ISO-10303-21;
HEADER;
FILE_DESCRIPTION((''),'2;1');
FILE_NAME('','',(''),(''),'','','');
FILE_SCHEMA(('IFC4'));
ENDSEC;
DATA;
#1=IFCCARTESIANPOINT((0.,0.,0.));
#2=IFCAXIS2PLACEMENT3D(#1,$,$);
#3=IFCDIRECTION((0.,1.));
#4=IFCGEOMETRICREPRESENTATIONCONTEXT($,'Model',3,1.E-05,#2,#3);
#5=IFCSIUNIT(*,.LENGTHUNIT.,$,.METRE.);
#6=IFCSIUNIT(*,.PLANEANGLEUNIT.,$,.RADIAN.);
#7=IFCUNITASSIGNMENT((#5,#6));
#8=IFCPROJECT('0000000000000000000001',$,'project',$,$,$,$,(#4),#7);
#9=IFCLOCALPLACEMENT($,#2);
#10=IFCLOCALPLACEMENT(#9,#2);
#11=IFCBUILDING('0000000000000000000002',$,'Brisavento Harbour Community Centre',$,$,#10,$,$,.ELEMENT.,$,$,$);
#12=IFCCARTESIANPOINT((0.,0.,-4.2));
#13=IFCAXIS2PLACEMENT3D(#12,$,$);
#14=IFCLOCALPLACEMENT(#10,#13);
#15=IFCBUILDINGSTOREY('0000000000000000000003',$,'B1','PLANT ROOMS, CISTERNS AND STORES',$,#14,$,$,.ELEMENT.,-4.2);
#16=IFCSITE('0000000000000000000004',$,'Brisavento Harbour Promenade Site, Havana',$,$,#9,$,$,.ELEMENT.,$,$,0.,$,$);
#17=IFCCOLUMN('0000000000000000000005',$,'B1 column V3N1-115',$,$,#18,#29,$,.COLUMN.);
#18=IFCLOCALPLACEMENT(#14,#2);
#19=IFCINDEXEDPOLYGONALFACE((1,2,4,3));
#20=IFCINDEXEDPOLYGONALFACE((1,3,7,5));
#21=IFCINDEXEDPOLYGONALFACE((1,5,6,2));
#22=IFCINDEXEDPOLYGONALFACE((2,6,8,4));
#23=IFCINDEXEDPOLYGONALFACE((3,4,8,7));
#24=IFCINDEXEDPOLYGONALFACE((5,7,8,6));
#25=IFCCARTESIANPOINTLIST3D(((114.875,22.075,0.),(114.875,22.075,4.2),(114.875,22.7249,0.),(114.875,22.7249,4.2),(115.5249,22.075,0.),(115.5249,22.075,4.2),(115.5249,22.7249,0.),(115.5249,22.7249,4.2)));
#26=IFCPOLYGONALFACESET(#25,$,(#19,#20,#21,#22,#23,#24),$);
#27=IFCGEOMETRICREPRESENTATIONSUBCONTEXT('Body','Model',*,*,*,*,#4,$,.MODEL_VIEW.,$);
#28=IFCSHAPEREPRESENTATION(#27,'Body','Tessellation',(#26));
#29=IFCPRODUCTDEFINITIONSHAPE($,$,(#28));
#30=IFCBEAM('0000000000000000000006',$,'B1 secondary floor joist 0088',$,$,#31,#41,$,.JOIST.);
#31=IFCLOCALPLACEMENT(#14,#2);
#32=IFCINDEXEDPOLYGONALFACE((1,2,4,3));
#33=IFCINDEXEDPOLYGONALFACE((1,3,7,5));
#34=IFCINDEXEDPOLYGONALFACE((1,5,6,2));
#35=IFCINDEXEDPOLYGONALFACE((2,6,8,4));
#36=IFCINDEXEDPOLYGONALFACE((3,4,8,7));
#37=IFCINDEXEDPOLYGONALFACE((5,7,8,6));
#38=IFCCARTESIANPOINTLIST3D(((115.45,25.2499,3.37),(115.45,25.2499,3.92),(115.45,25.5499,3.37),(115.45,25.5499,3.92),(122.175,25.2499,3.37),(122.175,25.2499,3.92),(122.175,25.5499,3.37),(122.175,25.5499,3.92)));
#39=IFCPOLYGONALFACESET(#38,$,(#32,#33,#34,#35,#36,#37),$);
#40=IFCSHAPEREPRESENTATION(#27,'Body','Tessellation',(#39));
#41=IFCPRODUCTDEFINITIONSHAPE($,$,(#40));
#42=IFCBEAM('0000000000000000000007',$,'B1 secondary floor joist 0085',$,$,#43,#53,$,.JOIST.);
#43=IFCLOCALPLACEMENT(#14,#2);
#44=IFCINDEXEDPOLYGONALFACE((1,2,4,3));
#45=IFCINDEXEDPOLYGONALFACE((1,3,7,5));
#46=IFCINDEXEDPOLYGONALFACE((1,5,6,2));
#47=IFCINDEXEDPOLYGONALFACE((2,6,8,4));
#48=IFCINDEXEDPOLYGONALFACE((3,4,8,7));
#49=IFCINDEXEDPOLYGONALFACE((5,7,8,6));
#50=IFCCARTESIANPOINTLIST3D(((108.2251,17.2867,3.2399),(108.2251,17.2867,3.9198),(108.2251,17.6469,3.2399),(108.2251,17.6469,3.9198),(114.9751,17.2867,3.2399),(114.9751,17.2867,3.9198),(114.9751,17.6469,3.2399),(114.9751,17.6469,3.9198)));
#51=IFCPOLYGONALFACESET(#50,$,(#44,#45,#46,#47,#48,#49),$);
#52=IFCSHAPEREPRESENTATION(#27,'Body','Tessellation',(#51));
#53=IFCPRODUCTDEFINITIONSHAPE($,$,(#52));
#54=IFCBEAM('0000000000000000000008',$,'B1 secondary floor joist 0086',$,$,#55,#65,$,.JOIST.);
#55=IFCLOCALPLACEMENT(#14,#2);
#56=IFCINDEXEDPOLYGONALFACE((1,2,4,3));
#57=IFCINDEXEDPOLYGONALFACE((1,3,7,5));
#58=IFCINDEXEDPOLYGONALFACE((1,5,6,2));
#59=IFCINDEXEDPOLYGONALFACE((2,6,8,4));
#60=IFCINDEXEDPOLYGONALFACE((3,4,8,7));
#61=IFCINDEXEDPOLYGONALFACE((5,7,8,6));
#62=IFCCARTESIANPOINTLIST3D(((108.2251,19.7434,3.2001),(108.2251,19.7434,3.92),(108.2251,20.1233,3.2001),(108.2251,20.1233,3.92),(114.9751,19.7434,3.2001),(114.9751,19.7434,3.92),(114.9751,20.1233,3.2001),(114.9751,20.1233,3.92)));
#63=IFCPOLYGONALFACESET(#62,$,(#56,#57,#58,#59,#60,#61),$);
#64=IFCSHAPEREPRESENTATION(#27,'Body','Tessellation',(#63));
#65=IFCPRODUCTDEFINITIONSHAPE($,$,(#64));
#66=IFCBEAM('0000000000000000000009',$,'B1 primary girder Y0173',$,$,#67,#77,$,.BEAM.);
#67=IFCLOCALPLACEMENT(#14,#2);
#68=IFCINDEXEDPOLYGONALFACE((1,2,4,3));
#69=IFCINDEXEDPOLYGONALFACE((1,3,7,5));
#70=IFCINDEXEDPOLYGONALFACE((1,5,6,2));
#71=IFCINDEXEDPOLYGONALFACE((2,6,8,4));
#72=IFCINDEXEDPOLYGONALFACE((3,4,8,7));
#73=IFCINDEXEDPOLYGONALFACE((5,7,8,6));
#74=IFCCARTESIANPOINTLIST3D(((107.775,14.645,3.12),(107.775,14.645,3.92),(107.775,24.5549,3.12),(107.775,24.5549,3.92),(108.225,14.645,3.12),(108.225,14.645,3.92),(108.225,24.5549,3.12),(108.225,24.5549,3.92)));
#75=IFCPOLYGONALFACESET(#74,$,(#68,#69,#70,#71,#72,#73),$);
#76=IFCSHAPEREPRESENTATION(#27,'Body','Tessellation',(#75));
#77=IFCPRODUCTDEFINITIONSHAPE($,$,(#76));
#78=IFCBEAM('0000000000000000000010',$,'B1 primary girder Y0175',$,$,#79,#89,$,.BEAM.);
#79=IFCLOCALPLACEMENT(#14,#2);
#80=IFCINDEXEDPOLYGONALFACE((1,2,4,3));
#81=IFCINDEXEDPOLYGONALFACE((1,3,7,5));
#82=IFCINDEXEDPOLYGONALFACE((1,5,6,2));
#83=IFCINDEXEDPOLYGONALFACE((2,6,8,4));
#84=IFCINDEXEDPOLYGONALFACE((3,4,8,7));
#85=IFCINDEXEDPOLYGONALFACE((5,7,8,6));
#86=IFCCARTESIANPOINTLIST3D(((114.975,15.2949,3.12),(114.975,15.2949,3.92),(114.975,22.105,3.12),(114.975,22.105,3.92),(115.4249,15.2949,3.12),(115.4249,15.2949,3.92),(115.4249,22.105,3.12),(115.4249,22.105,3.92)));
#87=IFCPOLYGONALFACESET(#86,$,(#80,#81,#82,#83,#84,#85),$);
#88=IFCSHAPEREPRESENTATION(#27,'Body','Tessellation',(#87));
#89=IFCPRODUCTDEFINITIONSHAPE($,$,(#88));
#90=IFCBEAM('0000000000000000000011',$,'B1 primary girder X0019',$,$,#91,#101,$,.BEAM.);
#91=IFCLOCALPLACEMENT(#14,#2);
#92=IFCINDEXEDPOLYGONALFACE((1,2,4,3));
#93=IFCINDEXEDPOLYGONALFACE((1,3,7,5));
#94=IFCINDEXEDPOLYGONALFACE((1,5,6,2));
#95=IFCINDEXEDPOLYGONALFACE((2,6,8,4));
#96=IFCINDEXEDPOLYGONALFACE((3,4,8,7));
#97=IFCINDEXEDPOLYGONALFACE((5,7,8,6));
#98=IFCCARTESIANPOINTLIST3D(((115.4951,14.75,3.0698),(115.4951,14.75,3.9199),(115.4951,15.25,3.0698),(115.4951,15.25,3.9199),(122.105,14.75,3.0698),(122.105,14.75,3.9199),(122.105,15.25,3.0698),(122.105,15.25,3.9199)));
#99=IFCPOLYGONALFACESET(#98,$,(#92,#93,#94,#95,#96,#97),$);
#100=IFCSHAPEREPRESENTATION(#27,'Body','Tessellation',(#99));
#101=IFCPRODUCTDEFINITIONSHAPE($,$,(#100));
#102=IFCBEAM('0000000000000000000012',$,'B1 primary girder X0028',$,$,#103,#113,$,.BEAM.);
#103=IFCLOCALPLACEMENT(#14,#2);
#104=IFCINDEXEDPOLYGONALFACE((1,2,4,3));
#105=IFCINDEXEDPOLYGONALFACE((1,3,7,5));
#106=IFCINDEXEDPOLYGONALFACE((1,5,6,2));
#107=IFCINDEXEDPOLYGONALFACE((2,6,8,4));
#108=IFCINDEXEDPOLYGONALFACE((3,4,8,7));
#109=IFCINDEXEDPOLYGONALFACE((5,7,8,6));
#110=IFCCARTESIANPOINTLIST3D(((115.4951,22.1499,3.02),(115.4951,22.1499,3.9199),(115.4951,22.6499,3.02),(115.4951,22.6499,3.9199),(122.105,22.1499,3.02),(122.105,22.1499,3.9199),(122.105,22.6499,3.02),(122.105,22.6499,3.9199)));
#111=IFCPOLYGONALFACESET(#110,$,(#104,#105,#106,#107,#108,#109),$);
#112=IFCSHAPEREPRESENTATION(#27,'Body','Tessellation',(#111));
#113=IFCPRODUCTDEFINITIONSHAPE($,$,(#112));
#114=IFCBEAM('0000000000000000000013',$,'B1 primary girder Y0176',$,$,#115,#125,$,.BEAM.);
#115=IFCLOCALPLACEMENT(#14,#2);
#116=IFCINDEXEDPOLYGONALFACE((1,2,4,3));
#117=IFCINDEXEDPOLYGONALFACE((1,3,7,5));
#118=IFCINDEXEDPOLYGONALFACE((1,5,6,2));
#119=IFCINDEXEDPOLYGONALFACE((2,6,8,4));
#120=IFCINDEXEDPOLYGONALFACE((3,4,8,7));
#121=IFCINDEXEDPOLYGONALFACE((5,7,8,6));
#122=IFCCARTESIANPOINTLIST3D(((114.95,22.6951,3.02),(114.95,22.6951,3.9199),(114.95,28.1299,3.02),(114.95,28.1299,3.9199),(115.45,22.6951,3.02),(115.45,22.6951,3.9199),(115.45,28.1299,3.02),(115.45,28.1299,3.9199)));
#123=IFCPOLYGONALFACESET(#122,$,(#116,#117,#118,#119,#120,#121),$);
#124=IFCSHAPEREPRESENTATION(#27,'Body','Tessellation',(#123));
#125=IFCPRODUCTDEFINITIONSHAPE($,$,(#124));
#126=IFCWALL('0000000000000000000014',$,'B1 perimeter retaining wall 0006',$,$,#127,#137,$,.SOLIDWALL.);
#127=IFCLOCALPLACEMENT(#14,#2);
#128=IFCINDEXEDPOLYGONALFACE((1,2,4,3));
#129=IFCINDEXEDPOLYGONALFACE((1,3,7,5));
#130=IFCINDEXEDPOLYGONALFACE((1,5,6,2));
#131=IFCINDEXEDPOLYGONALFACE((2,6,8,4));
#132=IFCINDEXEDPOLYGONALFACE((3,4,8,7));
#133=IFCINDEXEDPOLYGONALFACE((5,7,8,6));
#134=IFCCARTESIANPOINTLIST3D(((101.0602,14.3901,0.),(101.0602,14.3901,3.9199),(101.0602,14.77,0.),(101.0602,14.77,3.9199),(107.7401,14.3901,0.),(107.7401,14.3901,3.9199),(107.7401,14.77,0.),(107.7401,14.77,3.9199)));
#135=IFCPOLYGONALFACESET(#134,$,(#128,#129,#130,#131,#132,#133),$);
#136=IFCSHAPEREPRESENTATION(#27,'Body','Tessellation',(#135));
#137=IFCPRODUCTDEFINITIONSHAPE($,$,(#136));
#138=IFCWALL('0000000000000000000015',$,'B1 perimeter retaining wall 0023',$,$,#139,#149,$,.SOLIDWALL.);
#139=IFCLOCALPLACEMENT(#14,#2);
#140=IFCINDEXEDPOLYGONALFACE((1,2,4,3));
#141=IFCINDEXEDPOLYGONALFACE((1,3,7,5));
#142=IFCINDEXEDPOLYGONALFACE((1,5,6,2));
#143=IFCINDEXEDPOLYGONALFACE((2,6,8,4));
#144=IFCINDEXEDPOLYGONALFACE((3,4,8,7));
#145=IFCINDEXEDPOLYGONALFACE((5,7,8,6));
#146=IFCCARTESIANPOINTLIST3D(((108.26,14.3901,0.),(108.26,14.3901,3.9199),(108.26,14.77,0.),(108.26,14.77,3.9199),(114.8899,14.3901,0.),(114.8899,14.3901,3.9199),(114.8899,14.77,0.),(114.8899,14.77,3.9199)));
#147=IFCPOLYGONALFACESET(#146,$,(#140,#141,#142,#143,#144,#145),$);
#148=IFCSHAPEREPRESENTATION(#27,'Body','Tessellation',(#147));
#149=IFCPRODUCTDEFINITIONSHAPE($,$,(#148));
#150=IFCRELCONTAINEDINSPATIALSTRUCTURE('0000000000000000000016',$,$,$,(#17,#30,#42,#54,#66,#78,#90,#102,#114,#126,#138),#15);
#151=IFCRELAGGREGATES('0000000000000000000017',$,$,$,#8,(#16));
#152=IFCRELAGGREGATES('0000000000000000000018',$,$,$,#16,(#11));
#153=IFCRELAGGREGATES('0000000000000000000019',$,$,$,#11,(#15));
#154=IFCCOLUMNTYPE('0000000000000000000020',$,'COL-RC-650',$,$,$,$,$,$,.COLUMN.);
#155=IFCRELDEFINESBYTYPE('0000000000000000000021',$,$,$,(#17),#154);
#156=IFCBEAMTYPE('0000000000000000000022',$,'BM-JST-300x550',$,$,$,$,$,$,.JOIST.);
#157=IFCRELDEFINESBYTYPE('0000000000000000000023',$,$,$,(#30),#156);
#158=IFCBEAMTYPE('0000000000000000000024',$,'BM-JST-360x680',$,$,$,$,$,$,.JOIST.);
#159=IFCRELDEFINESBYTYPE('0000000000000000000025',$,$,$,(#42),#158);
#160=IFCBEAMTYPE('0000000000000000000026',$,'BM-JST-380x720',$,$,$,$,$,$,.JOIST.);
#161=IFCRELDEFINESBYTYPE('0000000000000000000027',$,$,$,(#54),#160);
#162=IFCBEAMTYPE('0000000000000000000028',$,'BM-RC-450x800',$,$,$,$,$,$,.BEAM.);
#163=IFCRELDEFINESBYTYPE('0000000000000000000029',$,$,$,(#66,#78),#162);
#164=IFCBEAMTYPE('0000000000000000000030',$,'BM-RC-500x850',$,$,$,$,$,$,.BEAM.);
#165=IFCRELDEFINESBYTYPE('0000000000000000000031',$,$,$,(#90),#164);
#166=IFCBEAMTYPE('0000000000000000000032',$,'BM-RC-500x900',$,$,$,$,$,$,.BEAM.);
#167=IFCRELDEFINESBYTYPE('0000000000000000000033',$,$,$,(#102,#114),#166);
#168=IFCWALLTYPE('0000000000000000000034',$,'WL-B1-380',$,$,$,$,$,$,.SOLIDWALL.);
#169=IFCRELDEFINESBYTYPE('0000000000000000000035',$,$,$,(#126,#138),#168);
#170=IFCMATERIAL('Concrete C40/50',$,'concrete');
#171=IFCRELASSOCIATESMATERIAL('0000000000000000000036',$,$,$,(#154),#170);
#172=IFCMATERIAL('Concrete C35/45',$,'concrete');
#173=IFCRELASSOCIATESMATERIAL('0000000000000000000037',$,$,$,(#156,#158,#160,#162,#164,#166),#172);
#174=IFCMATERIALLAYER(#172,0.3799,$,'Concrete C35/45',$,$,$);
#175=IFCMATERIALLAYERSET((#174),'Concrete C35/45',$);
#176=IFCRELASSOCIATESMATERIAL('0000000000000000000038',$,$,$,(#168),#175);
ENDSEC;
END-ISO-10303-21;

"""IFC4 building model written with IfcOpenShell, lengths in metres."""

from ifc_helpers import new_model, si_unit, direction, frame, frame_2d, origin, origin_2d, place, context, subcontext, project, spatial, rectangle, extrude, material, layer, layer_set, material_profile, profile_set, type_object, element, save


model = new_model("IFC4")

# Units and contexts
model_context = context("Model", 3, precision=1e-05, world=origin(), true_north=direction((0.0, 1.0)))
body_context = subcontext(model_context, "Body", "Model", "MODEL_VIEW")
ifc_project = project(units=[si_unit("LENGTHUNIT", "METRE"), si_unit("PLANEANGLEUNIT", "RADIAN")], contexts=[model_context])

# Site, building, storey
site_placement = place(None, origin())
site = spatial("IfcSite", under=ifc_project, at=site_placement, Name="Brisavento Harbour Promenade Site, Havana", CompositionType="ELEMENT", RefElevation=0.0)
building_placement = place(site_placement, origin())
building = spatial("IfcBuilding", under=site, at=building_placement, Name="Brisavento Harbour Community Centre", CompositionType="ELEMENT")
storey_placement = place(building_placement, frame((0.0, 0.0, -4.2)))
storey = spatial("IfcBuildingStorey", under=building, at=storey_placement, Name="B1", Description="PLANT ROOMS, CISTERNS AND STORES", CompositionType="ELEMENT", Elevation=-4.2)

# Shared definitions
ifc_material_1 = material(Name="Concrete C35/45", Category="concrete")

# Column
ifc_material_2 = material(Name="Concrete C40/50", Category="concrete")
ifc_material_profile_1 = material_profile(ifc_material_2, rectangle(XDim=0.6499, YDim=0.6499, at=origin_2d()), Name="Concrete C40/50")
ifc_profile_set_1 = profile_set([ifc_material_profile_1], Name="Concrete C40/50")
column_type_1 = type_object("IfcColumnType", Name="COL-RC-650", PredefinedType="COLUMN", material=ifc_profile_set_1)
for number, where, z_axis, x_axis, name in (
    (1, (115.2, 22.3999, 0.0), (0.0, 0.0, 1.0), (1.0, 0.0, 0.0), "B1 column V3N1-115"),
):
    element("IfcColumn", number, at=place(storey_placement, frame(where, z_axis=z_axis, x_axis=x_axis)), inside=storey, type_object=column_type_1, Name=name, PredefinedType="COLUMN", context=body_context, shape_type="SweptSolid", body=[
        extrude(rectangle(XDim=0.6499, YDim=0.6499, at=origin_2d()), origin(), (0.0, 0.0, 1.0), 4.2),
    ])

# Beams
ifc_material_profile_2 = material_profile(ifc_material_1, rectangle(XDim=0.3, YDim=0.55, at=origin_2d()), Name="Concrete C35/45")
ifc_profile_set_2 = profile_set([ifc_material_profile_2], Name="Concrete C35/45")
beam_type_1 = type_object("IfcBeamType", Name="BM-JST-300x550", PredefinedType="JOIST", material=ifc_profile_set_2)
beam_1_placement = place(storey_placement, frame((115.45, 25.3999, 3.645), z_axis=(1.0, 0.0, 0.0), x_axis=(0.0, 1.0, 0.0)))
element("IfcBeam", 2, at=beam_1_placement, inside=storey, type_object=beam_type_1, Name="B1 secondary floor joist 0088", PredefinedType="JOIST", context=body_context, shape_type="SweptSolid", body=[
    extrude(rectangle(XDim=0.3, YDim=0.55, at=origin_2d()), origin(), (0.0, 0.0, 1.0), 6.7251),
])
ifc_material_profile_3 = material_profile(ifc_material_1, rectangle(XDim=0.3601, YDim=0.6799, at=origin_2d()), Name="Concrete C35/45")
ifc_profile_set_3 = profile_set([ifc_material_profile_3], Name="Concrete C35/45")
beam_type_2 = type_object("IfcBeamType", Name="BM-JST-360x680", PredefinedType="JOIST", material=ifc_profile_set_3)
beam_2_placement = place(storey_placement, frame((108.2251, 17.4668, 3.5798), z_axis=(1.0, 0.0, 0.0), x_axis=(0.0, 1.0, 0.0)))
element("IfcBeam", 3, at=beam_2_placement, inside=storey, type_object=beam_type_2, Name="B1 secondary floor joist 0085", PredefinedType="JOIST", context=body_context, shape_type="SweptSolid", body=[
    extrude(rectangle(XDim=0.3601, YDim=0.6799, at=origin_2d()), origin(), (0.0, 0.0, 1.0), 6.75),
])
ifc_material_profile_4 = material_profile(ifc_material_1, rectangle(XDim=0.3799, YDim=0.72, at=origin_2d()), Name="Concrete C35/45")
ifc_profile_set_4 = profile_set([ifc_material_profile_4], Name="Concrete C35/45")
beam_type_3 = type_object("IfcBeamType", Name="BM-JST-380x720", PredefinedType="JOIST", material=ifc_profile_set_4)
beam_3_placement = place(storey_placement, frame((108.2251, 19.9333, 3.5601), z_axis=(1.0, 0.0, 0.0), x_axis=(0.0, 1.0, 0.0)))
element("IfcBeam", 4, at=beam_3_placement, inside=storey, type_object=beam_type_3, Name="B1 secondary floor joist 0086", PredefinedType="JOIST", context=body_context, shape_type="SweptSolid", body=[
    extrude(rectangle(XDim=0.3799, YDim=0.72, at=origin_2d()), origin(), (0.0, 0.0, 1.0), 6.75),
])
ifc_material_profile_5 = material_profile(ifc_material_1, rectangle(XDim=0.45, YDim=0.8, at=origin_2d()), Name="Concrete C35/45")
ifc_profile_set_5 = profile_set([ifc_material_profile_5], Name="Concrete C35/45")
beam_type_4 = type_object("IfcBeamType", Name="BM-RC-450x800", PredefinedType="BEAM", material=ifc_profile_set_5)
beam_4_placement = place(storey_placement, frame((108.0, 14.645, 3.52), z_axis=(0.0, 1.0, 0.0), x_axis=(-1.0, 0.0, 0.0)))
element("IfcBeam", 5, at=beam_4_placement, inside=storey, type_object=beam_type_4, Name="B1 primary girder Y0173", PredefinedType="BEAM", context=body_context, shape_type="SweptSolid", body=[
    extrude(rectangle(XDim=0.45, YDim=0.8, at=origin_2d()), origin(), (0.0, 0.0, 1.0), 9.9099),
])
beam_5_placement = place(storey_placement, frame((115.2, 15.2949, 3.52), z_axis=(0.0, 1.0, 0.0), x_axis=(-1.0, 0.0, 0.0)))
element("IfcBeam", 6, at=beam_5_placement, inside=storey, type_object=beam_type_4, Name="B1 primary girder Y0175", PredefinedType="BEAM", context=body_context, shape_type="SweptSolid", body=[
    extrude(rectangle(XDim=0.45, YDim=0.8, at=origin_2d()), origin(), (0.0, 0.0, 1.0), 6.8101),
])
ifc_material_profile_6 = material_profile(ifc_material_1, rectangle(XDim=0.5, YDim=0.8501, at=origin_2d()), Name="Concrete C35/45")
ifc_profile_set_6 = profile_set([ifc_material_profile_6], Name="Concrete C35/45")
beam_type_5 = type_object("IfcBeamType", Name="BM-RC-500x850", PredefinedType="BEAM", material=ifc_profile_set_6)
beam_6_placement = place(storey_placement, frame((115.4951, 15.0, 3.4949), z_axis=(1.0, 0.0, 0.0), x_axis=(0.0, 1.0, 0.0)))
element("IfcBeam", 7, at=beam_6_placement, inside=storey, type_object=beam_type_5, Name="B1 primary girder X0019", PredefinedType="BEAM", context=body_context, shape_type="SweptSolid", body=[
    extrude(rectangle(XDim=0.5, YDim=0.8501, at=origin_2d()), origin(), (0.0, 0.0, 1.0), 6.6099),
])
ifc_material_profile_7 = material_profile(ifc_material_1, rectangle(XDim=0.5, YDim=0.8999, at=origin_2d()), Name="Concrete C35/45")
ifc_profile_set_7 = profile_set([ifc_material_profile_7], Name="Concrete C35/45")
beam_type_6 = type_object("IfcBeamType", Name="BM-RC-500x900", PredefinedType="BEAM", material=ifc_profile_set_7)
beam_7_placement = place(storey_placement, frame((115.4951, 22.3999, 3.47), z_axis=(1.0, 0.0, 0.0), x_axis=(0.0, 1.0, 0.0)))
element("IfcBeam", 8, at=beam_7_placement, inside=storey, type_object=beam_type_6, Name="B1 primary girder X0028", PredefinedType="BEAM", context=body_context, shape_type="SweptSolid", body=[
    extrude(rectangle(XDim=0.5, YDim=0.8999, at=origin_2d()), origin(), (0.0, 0.0, 1.0), 6.6099),
])
beam_8_placement = place(storey_placement, frame((115.2, 22.6951, 3.47), z_axis=(0.0, 1.0, 0.0), x_axis=(-1.0, 0.0, 0.0)))
element("IfcBeam", 9, at=beam_8_placement, inside=storey, type_object=beam_type_6, Name="B1 primary girder Y0176", PredefinedType="BEAM", context=body_context, shape_type="SweptSolid", body=[
    extrude(rectangle(XDim=0.5, YDim=0.8999, at=origin_2d()), origin(), (0.0, 0.0, 1.0), 5.4348),
])

# Walls
ifc_layer_1 = layer(ifc_material_1, 0.3799, Name="Concrete C35/45")
ifc_layer_set_1 = layer_set([ifc_layer_1], Name="Concrete C35/45")
wall_type_1 = type_object("IfcWallType", Name="WL-B1-380", PredefinedType="SOLIDWALL", material=ifc_layer_set_1)
wall_1_placement = place(storey_placement, frame((107.74, 14.5801, 0.0), z_axis=(0.0, 0.0, 1.0), x_axis=(-1.0, 0.0, 0.0)))
element("IfcWall", 10, at=wall_1_placement, inside=storey, type_object=wall_type_1, Name="B1 perimeter retaining wall 0006", PredefinedType="SOLIDWALL", context=body_context, shape_type="SweptSolid", body=[
    extrude(rectangle(XDim=6.6799, YDim=0.3799, at=frame_2d((3.3398, 0.0))), origin(), (0.0, 0.0, 1.0), 3.9199),
])
wall_2_placement = place(storey_placement, frame((114.8899, 14.5801, 0.0), z_axis=(0.0, 0.0, 1.0), x_axis=(-1.0, 0.0, 0.0)))
element("IfcWall", 11, at=wall_2_placement, inside=storey, type_object=wall_type_1, Name="B1 perimeter retaining wall 0023", PredefinedType="SOLIDWALL", context=body_context, shape_type="SweptSolid", body=[
    extrude(rectangle(XDim=6.6299, YDim=0.3799, at=frame_2d((3.3149, 0.0))), origin(), (0.0, 0.0, 1.0), 3.9199),
])

save(model, "model.ifc")
